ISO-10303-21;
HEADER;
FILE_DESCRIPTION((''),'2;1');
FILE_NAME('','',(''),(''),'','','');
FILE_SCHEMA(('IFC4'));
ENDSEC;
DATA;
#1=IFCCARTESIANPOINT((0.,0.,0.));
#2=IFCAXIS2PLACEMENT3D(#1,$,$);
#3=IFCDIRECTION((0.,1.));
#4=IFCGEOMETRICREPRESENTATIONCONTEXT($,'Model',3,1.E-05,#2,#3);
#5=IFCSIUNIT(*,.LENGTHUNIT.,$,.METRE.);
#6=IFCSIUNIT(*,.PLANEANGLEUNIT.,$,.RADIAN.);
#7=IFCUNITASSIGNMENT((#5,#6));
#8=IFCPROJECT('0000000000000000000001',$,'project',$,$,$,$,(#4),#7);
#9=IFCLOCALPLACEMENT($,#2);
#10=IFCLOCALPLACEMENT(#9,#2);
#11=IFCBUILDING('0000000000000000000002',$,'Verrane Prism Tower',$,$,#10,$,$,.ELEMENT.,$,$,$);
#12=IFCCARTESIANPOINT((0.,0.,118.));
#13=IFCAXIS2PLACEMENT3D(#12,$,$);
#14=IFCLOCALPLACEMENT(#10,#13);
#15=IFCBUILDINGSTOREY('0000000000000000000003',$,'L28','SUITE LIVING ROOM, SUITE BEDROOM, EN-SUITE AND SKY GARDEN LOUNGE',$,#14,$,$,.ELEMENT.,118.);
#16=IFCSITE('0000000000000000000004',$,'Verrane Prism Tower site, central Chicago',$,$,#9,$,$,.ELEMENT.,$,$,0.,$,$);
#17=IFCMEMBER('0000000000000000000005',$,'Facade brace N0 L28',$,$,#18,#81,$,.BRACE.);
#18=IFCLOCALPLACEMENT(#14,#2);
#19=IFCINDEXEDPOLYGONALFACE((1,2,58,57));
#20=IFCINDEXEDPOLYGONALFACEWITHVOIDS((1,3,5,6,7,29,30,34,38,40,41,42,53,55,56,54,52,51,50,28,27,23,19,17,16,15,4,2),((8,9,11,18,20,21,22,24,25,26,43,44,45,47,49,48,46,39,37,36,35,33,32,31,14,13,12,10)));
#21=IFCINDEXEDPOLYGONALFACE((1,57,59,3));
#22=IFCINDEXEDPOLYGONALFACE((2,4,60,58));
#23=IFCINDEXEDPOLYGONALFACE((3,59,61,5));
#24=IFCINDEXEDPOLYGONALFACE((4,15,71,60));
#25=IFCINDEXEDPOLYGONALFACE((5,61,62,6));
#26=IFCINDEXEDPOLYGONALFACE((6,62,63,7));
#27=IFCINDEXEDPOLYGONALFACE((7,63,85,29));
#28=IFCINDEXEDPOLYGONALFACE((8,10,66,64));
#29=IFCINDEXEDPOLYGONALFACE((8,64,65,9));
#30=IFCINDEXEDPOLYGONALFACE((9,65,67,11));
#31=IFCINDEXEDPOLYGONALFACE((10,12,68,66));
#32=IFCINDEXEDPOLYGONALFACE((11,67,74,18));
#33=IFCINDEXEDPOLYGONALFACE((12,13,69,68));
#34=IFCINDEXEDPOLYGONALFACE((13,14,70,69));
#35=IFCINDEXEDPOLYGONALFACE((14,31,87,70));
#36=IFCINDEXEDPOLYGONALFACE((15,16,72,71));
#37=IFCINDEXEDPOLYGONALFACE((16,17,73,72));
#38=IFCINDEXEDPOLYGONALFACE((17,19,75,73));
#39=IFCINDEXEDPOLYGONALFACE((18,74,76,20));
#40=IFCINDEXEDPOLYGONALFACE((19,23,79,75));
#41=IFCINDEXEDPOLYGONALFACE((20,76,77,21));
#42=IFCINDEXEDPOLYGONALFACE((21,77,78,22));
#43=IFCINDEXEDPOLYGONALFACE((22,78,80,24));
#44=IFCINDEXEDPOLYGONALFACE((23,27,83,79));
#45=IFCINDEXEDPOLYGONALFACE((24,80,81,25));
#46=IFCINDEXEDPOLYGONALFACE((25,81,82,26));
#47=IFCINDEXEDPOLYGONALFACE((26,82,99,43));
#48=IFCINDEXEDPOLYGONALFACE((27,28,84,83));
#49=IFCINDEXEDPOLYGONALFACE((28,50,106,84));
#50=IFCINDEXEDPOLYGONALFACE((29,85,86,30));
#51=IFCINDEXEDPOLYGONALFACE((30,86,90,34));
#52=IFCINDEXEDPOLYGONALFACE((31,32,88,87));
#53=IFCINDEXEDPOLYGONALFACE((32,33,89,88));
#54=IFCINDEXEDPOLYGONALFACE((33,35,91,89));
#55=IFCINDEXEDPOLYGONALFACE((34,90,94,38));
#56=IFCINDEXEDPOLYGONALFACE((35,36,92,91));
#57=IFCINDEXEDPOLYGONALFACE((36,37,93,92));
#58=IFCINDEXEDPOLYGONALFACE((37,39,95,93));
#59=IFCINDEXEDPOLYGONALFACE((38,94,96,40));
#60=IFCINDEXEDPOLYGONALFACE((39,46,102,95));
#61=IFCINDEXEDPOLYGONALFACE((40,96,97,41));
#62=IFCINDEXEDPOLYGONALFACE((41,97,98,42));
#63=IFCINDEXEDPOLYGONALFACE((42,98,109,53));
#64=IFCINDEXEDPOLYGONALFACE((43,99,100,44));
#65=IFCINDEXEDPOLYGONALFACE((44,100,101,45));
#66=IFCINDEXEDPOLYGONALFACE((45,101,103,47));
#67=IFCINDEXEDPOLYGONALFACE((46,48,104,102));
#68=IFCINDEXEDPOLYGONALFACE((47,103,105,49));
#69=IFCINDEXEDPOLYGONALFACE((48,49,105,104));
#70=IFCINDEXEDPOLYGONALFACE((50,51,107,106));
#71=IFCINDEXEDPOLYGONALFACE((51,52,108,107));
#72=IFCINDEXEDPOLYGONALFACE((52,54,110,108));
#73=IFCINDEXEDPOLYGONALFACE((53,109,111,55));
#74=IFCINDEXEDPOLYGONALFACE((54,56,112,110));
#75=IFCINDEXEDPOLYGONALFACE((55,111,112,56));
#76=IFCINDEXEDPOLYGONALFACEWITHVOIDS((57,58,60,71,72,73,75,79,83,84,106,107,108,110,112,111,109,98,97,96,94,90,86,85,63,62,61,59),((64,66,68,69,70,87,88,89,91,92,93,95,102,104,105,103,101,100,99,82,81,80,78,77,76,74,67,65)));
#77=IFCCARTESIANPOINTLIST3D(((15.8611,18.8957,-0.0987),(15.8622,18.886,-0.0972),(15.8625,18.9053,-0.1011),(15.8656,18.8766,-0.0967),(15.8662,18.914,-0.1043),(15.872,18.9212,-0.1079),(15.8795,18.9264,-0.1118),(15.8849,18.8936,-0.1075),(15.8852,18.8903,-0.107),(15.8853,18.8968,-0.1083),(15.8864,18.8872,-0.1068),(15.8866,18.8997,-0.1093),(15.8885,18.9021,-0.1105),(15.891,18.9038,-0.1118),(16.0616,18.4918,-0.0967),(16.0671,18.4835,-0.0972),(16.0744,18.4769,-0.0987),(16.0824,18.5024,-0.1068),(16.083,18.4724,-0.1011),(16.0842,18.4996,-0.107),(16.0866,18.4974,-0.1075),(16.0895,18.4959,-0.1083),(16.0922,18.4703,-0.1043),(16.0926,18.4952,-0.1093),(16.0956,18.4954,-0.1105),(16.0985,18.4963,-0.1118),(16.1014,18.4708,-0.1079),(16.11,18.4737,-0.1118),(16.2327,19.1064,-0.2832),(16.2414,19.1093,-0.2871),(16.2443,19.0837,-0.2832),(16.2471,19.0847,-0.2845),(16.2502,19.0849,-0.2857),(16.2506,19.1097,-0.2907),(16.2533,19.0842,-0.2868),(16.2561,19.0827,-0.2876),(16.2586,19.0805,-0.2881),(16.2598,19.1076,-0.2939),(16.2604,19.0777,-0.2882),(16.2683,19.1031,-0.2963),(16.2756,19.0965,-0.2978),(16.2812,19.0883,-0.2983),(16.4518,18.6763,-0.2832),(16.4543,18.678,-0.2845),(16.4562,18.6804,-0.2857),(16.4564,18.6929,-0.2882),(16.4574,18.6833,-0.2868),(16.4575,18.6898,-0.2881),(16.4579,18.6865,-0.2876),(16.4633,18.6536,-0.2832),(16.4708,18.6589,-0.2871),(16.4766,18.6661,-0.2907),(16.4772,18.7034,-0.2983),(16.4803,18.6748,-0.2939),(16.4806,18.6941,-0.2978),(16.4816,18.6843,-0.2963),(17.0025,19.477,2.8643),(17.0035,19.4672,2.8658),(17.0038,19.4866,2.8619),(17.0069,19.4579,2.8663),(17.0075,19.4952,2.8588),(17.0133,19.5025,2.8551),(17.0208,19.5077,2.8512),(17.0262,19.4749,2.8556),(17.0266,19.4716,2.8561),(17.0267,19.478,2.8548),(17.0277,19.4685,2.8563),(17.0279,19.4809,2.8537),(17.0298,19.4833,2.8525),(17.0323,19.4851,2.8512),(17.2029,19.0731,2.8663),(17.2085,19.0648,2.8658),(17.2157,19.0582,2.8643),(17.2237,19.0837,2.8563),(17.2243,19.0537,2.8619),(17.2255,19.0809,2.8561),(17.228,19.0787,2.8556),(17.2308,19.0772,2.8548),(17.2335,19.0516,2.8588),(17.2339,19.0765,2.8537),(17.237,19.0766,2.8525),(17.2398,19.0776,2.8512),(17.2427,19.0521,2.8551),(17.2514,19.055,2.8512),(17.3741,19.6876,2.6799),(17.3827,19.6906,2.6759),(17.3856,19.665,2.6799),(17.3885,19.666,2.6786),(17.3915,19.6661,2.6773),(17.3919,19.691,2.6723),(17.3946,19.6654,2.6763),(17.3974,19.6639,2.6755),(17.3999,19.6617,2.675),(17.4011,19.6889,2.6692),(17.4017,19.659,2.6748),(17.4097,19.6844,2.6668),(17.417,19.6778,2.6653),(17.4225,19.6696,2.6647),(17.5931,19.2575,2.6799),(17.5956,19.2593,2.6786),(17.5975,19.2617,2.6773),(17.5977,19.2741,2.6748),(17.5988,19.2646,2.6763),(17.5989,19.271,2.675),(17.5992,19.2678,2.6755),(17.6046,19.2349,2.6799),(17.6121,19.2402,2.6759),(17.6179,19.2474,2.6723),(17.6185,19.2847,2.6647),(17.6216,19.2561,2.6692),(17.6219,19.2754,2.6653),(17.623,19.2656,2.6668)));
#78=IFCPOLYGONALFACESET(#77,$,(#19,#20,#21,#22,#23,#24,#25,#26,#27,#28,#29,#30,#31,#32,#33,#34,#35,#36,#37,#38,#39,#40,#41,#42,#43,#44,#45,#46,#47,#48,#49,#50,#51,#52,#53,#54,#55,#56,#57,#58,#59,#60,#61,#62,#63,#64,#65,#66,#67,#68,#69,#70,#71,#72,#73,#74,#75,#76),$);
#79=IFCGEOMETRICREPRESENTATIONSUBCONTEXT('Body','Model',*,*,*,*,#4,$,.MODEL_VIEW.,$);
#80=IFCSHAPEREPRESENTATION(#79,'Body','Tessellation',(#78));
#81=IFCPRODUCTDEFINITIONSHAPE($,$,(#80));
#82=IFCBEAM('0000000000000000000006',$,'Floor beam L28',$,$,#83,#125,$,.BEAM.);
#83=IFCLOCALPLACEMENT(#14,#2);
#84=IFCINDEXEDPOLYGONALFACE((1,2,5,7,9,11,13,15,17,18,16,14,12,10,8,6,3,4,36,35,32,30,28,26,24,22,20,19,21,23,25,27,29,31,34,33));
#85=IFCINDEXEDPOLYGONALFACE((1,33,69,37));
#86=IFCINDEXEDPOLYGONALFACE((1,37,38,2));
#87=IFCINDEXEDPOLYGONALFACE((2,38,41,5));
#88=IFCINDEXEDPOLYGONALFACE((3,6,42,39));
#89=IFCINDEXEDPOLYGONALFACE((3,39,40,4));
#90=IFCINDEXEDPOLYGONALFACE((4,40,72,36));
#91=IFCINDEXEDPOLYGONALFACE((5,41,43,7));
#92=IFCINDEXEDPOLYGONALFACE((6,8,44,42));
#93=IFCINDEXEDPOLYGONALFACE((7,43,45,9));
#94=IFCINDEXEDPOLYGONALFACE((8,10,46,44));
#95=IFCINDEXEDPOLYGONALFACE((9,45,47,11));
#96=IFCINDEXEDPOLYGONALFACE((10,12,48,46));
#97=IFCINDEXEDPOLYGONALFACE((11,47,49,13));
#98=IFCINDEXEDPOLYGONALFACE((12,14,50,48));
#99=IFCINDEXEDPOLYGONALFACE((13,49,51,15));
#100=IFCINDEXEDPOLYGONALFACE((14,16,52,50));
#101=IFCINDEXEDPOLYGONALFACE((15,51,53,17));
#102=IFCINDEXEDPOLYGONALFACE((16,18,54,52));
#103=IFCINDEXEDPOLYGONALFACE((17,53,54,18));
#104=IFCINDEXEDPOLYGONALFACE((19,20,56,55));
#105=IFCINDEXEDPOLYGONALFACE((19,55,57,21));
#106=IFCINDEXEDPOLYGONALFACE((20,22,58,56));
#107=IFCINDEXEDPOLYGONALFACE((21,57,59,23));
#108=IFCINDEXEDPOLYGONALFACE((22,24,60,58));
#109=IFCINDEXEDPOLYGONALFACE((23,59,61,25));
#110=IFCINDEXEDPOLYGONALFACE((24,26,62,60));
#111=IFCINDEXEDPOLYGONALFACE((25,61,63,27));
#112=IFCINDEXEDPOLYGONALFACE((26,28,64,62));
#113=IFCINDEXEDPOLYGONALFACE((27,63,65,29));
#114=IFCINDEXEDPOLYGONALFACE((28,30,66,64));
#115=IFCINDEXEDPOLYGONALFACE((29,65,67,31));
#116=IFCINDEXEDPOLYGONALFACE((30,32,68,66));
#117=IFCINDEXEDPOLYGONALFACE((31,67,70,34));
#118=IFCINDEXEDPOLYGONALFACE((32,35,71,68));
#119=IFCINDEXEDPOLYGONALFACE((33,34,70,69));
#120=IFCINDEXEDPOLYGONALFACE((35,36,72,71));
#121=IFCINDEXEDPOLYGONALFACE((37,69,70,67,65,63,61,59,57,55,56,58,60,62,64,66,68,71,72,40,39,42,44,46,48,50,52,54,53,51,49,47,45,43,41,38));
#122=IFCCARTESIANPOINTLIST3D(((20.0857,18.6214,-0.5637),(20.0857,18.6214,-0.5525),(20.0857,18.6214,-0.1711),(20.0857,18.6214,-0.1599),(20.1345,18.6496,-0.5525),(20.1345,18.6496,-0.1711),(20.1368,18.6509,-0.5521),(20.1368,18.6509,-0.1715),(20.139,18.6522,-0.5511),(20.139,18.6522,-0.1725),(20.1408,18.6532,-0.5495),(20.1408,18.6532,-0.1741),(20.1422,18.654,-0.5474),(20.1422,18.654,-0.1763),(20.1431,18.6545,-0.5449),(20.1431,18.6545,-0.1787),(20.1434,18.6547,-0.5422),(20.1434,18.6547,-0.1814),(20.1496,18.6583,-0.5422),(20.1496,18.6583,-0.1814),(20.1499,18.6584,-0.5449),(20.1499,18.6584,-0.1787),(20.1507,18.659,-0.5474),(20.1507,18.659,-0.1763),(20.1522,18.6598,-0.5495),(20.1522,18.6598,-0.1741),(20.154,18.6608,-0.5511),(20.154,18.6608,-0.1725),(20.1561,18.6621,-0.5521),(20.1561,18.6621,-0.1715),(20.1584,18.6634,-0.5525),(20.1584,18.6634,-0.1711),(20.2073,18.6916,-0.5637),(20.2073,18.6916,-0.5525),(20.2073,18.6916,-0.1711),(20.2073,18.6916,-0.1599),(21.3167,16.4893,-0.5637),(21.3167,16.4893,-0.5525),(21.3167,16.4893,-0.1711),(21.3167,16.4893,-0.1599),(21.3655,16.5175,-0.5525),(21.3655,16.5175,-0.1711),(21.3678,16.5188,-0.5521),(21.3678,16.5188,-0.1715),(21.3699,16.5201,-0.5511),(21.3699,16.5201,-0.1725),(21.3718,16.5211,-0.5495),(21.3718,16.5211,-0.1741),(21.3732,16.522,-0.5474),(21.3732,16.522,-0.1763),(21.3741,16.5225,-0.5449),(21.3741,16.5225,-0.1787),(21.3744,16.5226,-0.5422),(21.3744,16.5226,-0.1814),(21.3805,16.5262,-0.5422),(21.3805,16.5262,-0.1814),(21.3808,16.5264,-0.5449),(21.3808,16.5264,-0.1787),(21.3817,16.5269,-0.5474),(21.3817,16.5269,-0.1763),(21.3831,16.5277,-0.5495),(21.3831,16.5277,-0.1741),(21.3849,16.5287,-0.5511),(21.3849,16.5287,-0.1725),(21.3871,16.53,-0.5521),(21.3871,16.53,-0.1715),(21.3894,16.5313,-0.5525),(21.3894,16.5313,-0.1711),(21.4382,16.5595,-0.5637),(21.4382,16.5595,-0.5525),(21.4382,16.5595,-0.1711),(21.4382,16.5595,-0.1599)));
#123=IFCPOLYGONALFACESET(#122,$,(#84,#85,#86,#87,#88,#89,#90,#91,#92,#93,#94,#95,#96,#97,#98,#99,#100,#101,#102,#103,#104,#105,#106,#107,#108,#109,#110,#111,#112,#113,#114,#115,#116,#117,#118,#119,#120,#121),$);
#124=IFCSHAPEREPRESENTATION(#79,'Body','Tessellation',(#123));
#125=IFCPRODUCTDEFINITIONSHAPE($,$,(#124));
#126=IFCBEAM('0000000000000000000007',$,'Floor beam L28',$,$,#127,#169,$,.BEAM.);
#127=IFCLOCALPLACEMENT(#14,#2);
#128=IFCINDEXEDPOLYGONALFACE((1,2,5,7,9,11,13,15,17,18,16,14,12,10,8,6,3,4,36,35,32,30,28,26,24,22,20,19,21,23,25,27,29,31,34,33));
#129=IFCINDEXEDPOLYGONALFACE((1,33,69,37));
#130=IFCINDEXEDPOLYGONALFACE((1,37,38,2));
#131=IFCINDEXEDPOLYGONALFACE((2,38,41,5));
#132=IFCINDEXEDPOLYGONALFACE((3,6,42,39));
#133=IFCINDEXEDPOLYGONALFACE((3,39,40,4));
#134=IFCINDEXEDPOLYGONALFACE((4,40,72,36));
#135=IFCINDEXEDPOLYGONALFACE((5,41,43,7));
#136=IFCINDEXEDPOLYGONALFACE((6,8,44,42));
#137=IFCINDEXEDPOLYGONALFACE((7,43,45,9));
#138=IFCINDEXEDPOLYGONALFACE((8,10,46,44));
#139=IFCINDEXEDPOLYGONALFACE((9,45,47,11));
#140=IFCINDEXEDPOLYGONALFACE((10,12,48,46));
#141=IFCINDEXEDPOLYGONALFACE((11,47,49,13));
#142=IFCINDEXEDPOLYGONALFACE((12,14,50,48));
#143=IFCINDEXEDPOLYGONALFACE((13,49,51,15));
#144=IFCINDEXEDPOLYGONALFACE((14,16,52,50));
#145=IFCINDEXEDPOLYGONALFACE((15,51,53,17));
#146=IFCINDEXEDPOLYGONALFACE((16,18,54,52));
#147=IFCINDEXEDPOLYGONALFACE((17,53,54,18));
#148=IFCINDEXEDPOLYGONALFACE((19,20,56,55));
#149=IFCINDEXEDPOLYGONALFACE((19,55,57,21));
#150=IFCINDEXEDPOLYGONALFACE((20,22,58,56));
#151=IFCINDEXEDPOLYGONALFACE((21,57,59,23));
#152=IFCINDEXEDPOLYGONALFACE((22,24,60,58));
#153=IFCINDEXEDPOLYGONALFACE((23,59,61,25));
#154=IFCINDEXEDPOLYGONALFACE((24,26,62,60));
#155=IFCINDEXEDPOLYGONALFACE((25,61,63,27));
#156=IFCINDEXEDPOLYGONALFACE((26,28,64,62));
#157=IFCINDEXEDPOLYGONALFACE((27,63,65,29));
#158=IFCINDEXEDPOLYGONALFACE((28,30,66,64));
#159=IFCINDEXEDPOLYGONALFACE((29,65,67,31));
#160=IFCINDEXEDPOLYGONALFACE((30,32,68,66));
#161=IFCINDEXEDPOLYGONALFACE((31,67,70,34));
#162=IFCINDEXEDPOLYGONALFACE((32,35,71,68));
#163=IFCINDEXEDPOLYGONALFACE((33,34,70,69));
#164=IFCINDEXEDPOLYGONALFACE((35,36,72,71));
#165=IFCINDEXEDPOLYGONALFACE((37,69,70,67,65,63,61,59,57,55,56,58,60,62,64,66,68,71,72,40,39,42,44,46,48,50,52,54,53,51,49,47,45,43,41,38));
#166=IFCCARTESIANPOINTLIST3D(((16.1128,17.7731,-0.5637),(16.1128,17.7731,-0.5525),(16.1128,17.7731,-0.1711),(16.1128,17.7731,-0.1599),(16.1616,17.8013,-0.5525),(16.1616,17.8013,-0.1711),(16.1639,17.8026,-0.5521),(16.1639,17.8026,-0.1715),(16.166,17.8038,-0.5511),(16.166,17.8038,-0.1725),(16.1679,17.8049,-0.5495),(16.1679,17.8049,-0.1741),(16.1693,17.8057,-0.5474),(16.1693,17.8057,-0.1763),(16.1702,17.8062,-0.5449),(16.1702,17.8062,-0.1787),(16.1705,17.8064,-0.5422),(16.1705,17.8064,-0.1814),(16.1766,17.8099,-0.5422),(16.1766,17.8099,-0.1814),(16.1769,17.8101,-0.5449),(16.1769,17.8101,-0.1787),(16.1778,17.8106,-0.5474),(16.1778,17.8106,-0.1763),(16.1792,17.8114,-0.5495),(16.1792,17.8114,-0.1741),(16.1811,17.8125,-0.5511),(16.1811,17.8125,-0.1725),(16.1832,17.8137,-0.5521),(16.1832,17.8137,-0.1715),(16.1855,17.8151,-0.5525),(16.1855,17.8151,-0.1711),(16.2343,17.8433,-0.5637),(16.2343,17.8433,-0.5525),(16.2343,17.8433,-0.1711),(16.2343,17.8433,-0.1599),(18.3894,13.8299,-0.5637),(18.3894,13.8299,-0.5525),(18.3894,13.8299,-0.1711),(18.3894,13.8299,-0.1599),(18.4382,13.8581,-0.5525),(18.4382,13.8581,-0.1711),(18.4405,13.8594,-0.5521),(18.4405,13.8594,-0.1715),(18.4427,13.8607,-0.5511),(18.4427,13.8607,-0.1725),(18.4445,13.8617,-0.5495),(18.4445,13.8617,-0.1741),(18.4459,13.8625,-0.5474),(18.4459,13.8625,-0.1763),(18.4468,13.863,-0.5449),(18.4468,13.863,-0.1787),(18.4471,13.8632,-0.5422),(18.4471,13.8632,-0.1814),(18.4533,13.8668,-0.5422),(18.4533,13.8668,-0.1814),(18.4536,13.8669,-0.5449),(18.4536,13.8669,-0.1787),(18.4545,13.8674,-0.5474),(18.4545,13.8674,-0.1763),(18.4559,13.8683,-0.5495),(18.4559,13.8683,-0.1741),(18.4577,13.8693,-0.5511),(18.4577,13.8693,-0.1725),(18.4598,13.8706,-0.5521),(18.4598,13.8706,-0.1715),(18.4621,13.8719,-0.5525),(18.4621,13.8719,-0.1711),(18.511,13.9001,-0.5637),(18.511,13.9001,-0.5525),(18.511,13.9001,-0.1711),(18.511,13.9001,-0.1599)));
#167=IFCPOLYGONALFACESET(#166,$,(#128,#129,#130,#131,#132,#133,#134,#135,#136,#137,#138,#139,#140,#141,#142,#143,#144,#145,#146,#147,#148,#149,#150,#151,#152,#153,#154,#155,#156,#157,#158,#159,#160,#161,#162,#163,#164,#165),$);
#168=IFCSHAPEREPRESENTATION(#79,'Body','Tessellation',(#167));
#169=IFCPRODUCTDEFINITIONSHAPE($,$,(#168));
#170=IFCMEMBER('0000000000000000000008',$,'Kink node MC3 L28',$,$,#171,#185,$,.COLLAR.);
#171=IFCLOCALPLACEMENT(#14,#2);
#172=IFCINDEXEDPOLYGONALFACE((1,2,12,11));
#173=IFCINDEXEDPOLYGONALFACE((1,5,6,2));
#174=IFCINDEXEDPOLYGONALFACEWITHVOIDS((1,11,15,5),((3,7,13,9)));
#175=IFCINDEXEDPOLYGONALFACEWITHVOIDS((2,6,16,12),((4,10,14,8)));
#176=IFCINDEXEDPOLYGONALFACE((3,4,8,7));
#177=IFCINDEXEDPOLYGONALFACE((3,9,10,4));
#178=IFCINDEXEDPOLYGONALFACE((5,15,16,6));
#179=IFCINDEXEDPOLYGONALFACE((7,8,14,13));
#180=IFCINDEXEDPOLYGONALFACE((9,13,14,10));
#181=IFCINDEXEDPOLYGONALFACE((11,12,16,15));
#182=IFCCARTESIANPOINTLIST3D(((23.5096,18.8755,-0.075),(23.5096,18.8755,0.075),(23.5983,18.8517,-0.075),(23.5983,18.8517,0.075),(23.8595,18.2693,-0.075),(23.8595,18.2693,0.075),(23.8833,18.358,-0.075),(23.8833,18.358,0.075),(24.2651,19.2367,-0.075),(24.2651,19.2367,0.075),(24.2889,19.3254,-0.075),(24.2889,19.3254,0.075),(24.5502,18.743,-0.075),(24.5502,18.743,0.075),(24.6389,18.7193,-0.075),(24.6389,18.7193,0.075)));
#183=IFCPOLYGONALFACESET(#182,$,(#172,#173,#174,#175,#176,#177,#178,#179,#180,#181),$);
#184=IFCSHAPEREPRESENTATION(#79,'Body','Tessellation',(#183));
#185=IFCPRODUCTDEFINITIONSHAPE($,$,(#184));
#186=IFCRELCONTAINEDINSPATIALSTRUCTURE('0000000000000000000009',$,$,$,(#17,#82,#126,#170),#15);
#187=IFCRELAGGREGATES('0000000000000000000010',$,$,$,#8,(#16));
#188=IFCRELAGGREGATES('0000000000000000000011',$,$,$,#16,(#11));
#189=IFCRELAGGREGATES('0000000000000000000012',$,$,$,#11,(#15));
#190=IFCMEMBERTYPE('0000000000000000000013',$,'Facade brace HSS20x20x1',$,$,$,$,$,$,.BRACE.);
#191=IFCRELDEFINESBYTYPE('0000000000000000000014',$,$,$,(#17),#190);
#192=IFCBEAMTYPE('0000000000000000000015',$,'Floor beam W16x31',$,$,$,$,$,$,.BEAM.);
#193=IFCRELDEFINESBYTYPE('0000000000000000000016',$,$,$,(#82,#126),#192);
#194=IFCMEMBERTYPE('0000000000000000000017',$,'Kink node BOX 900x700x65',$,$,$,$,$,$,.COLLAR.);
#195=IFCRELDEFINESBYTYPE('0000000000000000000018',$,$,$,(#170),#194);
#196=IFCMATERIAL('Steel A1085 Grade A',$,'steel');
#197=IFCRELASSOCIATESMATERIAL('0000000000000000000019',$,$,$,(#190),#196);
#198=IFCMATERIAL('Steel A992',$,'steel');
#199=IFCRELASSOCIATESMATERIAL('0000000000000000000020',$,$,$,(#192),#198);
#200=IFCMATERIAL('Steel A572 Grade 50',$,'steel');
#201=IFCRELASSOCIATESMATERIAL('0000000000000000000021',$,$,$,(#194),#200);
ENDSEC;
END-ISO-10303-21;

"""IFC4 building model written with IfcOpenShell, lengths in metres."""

from ifc_helpers import new_model, si_unit, direction, frame, origin, origin_2d, place, context, subcontext, project, spatial, hollow_rectangle, i_section, extrude, material, material_profile, profile_set, type_object, element, save


model = new_model("IFC4")

# Units and contexts
model_context = context("Model", 3, precision=1e-05, world=origin(), true_north=direction((0.0, 1.0)))
body_context = subcontext(model_context, "Body", "Model", "MODEL_VIEW")
ifc_project = project(units=[si_unit("LENGTHUNIT", "METRE"), si_unit("PLANEANGLEUNIT", "RADIAN")], contexts=[model_context])

# Site, building, storey
site_placement = place(None, origin())
site = spatial("IfcSite", under=ifc_project, at=site_placement, Name="Verrane Prism Tower site, central Chicago", CompositionType="ELEMENT", RefElevation=0.0)
building_placement = place(site_placement, origin())
building = spatial("IfcBuilding", under=site, at=building_placement, Name="Verrane Prism Tower", CompositionType="ELEMENT")
storey_placement = place(building_placement, frame((0.0, 0.0, 118.0)))
storey = spatial("IfcBuildingStorey", under=building, at=storey_placement, Name="L28", Description="SUITE LIVING ROOM, SUITE BEDROOM, EN-SUITE AND SKY GARDEN LOUNGE", CompositionType="ELEMENT", Elevation=118.0)

# Member
ifc_material_1 = material(Name="Steel A1085 Grade A", Category="steel")
ifc_material_profile_1 = material_profile(ifc_material_1, hollow_rectangle(XDim=0.5081, YDim=0.5081, WallThickness=0.0254, InnerFilletRadius=0.0127, OuterFilletRadius=0.0381, at=origin_2d()), Name="HSS20x20x1")
ifc_profile_set_1 = profile_set([ifc_material_profile_1], Name="Steel A1085 Grade A")
member_type_1 = type_object("IfcMemberType", Name="Facade brace HSS20x20x1", PredefinedType="BRACE", material=ifc_profile_set_1)
member_1_placement = place(storey_placement, frame((16.1714, 18.79, -0.1975), z_axis=(0.353567, 0.180073, 0.917913), x_axis=(-0.453834, 0.891086, 0.0)))
element("IfcMember", 1, at=member_1_placement, inside=storey, type_object=member_type_1, Name="Facade brace N0 L28", PredefinedType="BRACE", context=body_context, shape_type="SweptSolid", body=[
    extrude(hollow_rectangle(XDim=0.5081, YDim=0.5081, WallThickness=0.0254, InnerFilletRadius=0.0127, OuterFilletRadius=0.0381, at=origin_2d()), origin(), (0.0, 0.0, 1.0), 3.228),
])

# Beams
ifc_material_2 = material(Name="Steel A992", Category="steel")
ifc_material_profile_2 = material_profile(ifc_material_2, i_section(OverallWidth=0.1404, OverallDepth=0.4038, WebThickness=0.0071, FlangeThickness=0.0112, FilletRadius=0.0103, at=origin_2d()), Name="W16x31")
ifc_profile_set_2 = profile_set([ifc_material_profile_2], Name="Steel A992")
beam_type_1 = type_object("IfcBeamType", Name="Floor beam W16x31", PredefinedType="BEAM", material=ifc_profile_set_2)
beam_1_placement = place(storey_placement, frame((21.3774, 16.5244, -0.3618), z_axis=(-0.5, 0.866025, 0.0), x_axis=(-0.866025, -0.5, 0.0)))
element("IfcBeam", 2, at=beam_1_placement, inside=storey, type_object=beam_type_1, Name="Floor beam L28", PredefinedType="BEAM", context=body_context, shape_type="SweptSolid", body=[
    extrude(i_section(OverallWidth=0.1404, OverallDepth=0.4038, WebThickness=0.0071, FlangeThickness=0.0112, FilletRadius=0.0103, at=origin_2d()), origin(), (0.0, 0.0, 1.0), 2.4619),
])
beam_2_placement = place(storey_placement, frame((18.4502, 13.865, -0.3618), z_axis=(-0.500009, 0.86602, 0.0), x_axis=(-0.86602, -0.500009, 0.0)))
element("IfcBeam", 3, at=beam_2_placement, inside=storey, type_object=beam_type_1, Name="Floor beam L28", PredefinedType="BEAM", context=body_context, shape_type="SweptSolid", body=[
    extrude(i_section(OverallWidth=0.1404, OverallDepth=0.4038, WebThickness=0.0071, FlangeThickness=0.0112, FilletRadius=0.0103, at=origin_2d()), origin(), (0.0, 0.0, 1.0), 4.5532),
])

# Member
ifc_material_3 = material(Name="Steel A572 Grade 50", Category="steel")
ifc_material_profile_3 = material_profile(ifc_material_3, hollow_rectangle(XDim=0.7, YDim=0.8999, WallThickness=0.0649, at=origin_2d()), Name="BOX 900x700x65")
ifc_profile_set_3 = profile_set([ifc_material_profile_3], Name="Steel A572 Grade 50")
member_type_2 = type_object("IfcMemberType", Name="Kink node BOX 900x700x65", PredefinedType="COLLAR", material=ifc_profile_set_3)
member_2_placement = place(storey_placement, frame((24.0742, 18.7974, -0.075), z_axis=(0.0, 0.0, 1.0), x_axis=(0.5, -0.866025, 0.0)))
element("IfcMember", 4, at=member_2_placement, inside=storey, type_object=member_type_2, Name="Kink node MC3 L28", PredefinedType="COLLAR", context=body_context, shape_type="SweptSolid", body=[
    extrude(hollow_rectangle(XDim=0.7, YDim=0.8999, WallThickness=0.0649, at=origin_2d()), origin(), (0.0, 0.0, 1.0), 0.1499),
])

save(model, "model.ifc")
